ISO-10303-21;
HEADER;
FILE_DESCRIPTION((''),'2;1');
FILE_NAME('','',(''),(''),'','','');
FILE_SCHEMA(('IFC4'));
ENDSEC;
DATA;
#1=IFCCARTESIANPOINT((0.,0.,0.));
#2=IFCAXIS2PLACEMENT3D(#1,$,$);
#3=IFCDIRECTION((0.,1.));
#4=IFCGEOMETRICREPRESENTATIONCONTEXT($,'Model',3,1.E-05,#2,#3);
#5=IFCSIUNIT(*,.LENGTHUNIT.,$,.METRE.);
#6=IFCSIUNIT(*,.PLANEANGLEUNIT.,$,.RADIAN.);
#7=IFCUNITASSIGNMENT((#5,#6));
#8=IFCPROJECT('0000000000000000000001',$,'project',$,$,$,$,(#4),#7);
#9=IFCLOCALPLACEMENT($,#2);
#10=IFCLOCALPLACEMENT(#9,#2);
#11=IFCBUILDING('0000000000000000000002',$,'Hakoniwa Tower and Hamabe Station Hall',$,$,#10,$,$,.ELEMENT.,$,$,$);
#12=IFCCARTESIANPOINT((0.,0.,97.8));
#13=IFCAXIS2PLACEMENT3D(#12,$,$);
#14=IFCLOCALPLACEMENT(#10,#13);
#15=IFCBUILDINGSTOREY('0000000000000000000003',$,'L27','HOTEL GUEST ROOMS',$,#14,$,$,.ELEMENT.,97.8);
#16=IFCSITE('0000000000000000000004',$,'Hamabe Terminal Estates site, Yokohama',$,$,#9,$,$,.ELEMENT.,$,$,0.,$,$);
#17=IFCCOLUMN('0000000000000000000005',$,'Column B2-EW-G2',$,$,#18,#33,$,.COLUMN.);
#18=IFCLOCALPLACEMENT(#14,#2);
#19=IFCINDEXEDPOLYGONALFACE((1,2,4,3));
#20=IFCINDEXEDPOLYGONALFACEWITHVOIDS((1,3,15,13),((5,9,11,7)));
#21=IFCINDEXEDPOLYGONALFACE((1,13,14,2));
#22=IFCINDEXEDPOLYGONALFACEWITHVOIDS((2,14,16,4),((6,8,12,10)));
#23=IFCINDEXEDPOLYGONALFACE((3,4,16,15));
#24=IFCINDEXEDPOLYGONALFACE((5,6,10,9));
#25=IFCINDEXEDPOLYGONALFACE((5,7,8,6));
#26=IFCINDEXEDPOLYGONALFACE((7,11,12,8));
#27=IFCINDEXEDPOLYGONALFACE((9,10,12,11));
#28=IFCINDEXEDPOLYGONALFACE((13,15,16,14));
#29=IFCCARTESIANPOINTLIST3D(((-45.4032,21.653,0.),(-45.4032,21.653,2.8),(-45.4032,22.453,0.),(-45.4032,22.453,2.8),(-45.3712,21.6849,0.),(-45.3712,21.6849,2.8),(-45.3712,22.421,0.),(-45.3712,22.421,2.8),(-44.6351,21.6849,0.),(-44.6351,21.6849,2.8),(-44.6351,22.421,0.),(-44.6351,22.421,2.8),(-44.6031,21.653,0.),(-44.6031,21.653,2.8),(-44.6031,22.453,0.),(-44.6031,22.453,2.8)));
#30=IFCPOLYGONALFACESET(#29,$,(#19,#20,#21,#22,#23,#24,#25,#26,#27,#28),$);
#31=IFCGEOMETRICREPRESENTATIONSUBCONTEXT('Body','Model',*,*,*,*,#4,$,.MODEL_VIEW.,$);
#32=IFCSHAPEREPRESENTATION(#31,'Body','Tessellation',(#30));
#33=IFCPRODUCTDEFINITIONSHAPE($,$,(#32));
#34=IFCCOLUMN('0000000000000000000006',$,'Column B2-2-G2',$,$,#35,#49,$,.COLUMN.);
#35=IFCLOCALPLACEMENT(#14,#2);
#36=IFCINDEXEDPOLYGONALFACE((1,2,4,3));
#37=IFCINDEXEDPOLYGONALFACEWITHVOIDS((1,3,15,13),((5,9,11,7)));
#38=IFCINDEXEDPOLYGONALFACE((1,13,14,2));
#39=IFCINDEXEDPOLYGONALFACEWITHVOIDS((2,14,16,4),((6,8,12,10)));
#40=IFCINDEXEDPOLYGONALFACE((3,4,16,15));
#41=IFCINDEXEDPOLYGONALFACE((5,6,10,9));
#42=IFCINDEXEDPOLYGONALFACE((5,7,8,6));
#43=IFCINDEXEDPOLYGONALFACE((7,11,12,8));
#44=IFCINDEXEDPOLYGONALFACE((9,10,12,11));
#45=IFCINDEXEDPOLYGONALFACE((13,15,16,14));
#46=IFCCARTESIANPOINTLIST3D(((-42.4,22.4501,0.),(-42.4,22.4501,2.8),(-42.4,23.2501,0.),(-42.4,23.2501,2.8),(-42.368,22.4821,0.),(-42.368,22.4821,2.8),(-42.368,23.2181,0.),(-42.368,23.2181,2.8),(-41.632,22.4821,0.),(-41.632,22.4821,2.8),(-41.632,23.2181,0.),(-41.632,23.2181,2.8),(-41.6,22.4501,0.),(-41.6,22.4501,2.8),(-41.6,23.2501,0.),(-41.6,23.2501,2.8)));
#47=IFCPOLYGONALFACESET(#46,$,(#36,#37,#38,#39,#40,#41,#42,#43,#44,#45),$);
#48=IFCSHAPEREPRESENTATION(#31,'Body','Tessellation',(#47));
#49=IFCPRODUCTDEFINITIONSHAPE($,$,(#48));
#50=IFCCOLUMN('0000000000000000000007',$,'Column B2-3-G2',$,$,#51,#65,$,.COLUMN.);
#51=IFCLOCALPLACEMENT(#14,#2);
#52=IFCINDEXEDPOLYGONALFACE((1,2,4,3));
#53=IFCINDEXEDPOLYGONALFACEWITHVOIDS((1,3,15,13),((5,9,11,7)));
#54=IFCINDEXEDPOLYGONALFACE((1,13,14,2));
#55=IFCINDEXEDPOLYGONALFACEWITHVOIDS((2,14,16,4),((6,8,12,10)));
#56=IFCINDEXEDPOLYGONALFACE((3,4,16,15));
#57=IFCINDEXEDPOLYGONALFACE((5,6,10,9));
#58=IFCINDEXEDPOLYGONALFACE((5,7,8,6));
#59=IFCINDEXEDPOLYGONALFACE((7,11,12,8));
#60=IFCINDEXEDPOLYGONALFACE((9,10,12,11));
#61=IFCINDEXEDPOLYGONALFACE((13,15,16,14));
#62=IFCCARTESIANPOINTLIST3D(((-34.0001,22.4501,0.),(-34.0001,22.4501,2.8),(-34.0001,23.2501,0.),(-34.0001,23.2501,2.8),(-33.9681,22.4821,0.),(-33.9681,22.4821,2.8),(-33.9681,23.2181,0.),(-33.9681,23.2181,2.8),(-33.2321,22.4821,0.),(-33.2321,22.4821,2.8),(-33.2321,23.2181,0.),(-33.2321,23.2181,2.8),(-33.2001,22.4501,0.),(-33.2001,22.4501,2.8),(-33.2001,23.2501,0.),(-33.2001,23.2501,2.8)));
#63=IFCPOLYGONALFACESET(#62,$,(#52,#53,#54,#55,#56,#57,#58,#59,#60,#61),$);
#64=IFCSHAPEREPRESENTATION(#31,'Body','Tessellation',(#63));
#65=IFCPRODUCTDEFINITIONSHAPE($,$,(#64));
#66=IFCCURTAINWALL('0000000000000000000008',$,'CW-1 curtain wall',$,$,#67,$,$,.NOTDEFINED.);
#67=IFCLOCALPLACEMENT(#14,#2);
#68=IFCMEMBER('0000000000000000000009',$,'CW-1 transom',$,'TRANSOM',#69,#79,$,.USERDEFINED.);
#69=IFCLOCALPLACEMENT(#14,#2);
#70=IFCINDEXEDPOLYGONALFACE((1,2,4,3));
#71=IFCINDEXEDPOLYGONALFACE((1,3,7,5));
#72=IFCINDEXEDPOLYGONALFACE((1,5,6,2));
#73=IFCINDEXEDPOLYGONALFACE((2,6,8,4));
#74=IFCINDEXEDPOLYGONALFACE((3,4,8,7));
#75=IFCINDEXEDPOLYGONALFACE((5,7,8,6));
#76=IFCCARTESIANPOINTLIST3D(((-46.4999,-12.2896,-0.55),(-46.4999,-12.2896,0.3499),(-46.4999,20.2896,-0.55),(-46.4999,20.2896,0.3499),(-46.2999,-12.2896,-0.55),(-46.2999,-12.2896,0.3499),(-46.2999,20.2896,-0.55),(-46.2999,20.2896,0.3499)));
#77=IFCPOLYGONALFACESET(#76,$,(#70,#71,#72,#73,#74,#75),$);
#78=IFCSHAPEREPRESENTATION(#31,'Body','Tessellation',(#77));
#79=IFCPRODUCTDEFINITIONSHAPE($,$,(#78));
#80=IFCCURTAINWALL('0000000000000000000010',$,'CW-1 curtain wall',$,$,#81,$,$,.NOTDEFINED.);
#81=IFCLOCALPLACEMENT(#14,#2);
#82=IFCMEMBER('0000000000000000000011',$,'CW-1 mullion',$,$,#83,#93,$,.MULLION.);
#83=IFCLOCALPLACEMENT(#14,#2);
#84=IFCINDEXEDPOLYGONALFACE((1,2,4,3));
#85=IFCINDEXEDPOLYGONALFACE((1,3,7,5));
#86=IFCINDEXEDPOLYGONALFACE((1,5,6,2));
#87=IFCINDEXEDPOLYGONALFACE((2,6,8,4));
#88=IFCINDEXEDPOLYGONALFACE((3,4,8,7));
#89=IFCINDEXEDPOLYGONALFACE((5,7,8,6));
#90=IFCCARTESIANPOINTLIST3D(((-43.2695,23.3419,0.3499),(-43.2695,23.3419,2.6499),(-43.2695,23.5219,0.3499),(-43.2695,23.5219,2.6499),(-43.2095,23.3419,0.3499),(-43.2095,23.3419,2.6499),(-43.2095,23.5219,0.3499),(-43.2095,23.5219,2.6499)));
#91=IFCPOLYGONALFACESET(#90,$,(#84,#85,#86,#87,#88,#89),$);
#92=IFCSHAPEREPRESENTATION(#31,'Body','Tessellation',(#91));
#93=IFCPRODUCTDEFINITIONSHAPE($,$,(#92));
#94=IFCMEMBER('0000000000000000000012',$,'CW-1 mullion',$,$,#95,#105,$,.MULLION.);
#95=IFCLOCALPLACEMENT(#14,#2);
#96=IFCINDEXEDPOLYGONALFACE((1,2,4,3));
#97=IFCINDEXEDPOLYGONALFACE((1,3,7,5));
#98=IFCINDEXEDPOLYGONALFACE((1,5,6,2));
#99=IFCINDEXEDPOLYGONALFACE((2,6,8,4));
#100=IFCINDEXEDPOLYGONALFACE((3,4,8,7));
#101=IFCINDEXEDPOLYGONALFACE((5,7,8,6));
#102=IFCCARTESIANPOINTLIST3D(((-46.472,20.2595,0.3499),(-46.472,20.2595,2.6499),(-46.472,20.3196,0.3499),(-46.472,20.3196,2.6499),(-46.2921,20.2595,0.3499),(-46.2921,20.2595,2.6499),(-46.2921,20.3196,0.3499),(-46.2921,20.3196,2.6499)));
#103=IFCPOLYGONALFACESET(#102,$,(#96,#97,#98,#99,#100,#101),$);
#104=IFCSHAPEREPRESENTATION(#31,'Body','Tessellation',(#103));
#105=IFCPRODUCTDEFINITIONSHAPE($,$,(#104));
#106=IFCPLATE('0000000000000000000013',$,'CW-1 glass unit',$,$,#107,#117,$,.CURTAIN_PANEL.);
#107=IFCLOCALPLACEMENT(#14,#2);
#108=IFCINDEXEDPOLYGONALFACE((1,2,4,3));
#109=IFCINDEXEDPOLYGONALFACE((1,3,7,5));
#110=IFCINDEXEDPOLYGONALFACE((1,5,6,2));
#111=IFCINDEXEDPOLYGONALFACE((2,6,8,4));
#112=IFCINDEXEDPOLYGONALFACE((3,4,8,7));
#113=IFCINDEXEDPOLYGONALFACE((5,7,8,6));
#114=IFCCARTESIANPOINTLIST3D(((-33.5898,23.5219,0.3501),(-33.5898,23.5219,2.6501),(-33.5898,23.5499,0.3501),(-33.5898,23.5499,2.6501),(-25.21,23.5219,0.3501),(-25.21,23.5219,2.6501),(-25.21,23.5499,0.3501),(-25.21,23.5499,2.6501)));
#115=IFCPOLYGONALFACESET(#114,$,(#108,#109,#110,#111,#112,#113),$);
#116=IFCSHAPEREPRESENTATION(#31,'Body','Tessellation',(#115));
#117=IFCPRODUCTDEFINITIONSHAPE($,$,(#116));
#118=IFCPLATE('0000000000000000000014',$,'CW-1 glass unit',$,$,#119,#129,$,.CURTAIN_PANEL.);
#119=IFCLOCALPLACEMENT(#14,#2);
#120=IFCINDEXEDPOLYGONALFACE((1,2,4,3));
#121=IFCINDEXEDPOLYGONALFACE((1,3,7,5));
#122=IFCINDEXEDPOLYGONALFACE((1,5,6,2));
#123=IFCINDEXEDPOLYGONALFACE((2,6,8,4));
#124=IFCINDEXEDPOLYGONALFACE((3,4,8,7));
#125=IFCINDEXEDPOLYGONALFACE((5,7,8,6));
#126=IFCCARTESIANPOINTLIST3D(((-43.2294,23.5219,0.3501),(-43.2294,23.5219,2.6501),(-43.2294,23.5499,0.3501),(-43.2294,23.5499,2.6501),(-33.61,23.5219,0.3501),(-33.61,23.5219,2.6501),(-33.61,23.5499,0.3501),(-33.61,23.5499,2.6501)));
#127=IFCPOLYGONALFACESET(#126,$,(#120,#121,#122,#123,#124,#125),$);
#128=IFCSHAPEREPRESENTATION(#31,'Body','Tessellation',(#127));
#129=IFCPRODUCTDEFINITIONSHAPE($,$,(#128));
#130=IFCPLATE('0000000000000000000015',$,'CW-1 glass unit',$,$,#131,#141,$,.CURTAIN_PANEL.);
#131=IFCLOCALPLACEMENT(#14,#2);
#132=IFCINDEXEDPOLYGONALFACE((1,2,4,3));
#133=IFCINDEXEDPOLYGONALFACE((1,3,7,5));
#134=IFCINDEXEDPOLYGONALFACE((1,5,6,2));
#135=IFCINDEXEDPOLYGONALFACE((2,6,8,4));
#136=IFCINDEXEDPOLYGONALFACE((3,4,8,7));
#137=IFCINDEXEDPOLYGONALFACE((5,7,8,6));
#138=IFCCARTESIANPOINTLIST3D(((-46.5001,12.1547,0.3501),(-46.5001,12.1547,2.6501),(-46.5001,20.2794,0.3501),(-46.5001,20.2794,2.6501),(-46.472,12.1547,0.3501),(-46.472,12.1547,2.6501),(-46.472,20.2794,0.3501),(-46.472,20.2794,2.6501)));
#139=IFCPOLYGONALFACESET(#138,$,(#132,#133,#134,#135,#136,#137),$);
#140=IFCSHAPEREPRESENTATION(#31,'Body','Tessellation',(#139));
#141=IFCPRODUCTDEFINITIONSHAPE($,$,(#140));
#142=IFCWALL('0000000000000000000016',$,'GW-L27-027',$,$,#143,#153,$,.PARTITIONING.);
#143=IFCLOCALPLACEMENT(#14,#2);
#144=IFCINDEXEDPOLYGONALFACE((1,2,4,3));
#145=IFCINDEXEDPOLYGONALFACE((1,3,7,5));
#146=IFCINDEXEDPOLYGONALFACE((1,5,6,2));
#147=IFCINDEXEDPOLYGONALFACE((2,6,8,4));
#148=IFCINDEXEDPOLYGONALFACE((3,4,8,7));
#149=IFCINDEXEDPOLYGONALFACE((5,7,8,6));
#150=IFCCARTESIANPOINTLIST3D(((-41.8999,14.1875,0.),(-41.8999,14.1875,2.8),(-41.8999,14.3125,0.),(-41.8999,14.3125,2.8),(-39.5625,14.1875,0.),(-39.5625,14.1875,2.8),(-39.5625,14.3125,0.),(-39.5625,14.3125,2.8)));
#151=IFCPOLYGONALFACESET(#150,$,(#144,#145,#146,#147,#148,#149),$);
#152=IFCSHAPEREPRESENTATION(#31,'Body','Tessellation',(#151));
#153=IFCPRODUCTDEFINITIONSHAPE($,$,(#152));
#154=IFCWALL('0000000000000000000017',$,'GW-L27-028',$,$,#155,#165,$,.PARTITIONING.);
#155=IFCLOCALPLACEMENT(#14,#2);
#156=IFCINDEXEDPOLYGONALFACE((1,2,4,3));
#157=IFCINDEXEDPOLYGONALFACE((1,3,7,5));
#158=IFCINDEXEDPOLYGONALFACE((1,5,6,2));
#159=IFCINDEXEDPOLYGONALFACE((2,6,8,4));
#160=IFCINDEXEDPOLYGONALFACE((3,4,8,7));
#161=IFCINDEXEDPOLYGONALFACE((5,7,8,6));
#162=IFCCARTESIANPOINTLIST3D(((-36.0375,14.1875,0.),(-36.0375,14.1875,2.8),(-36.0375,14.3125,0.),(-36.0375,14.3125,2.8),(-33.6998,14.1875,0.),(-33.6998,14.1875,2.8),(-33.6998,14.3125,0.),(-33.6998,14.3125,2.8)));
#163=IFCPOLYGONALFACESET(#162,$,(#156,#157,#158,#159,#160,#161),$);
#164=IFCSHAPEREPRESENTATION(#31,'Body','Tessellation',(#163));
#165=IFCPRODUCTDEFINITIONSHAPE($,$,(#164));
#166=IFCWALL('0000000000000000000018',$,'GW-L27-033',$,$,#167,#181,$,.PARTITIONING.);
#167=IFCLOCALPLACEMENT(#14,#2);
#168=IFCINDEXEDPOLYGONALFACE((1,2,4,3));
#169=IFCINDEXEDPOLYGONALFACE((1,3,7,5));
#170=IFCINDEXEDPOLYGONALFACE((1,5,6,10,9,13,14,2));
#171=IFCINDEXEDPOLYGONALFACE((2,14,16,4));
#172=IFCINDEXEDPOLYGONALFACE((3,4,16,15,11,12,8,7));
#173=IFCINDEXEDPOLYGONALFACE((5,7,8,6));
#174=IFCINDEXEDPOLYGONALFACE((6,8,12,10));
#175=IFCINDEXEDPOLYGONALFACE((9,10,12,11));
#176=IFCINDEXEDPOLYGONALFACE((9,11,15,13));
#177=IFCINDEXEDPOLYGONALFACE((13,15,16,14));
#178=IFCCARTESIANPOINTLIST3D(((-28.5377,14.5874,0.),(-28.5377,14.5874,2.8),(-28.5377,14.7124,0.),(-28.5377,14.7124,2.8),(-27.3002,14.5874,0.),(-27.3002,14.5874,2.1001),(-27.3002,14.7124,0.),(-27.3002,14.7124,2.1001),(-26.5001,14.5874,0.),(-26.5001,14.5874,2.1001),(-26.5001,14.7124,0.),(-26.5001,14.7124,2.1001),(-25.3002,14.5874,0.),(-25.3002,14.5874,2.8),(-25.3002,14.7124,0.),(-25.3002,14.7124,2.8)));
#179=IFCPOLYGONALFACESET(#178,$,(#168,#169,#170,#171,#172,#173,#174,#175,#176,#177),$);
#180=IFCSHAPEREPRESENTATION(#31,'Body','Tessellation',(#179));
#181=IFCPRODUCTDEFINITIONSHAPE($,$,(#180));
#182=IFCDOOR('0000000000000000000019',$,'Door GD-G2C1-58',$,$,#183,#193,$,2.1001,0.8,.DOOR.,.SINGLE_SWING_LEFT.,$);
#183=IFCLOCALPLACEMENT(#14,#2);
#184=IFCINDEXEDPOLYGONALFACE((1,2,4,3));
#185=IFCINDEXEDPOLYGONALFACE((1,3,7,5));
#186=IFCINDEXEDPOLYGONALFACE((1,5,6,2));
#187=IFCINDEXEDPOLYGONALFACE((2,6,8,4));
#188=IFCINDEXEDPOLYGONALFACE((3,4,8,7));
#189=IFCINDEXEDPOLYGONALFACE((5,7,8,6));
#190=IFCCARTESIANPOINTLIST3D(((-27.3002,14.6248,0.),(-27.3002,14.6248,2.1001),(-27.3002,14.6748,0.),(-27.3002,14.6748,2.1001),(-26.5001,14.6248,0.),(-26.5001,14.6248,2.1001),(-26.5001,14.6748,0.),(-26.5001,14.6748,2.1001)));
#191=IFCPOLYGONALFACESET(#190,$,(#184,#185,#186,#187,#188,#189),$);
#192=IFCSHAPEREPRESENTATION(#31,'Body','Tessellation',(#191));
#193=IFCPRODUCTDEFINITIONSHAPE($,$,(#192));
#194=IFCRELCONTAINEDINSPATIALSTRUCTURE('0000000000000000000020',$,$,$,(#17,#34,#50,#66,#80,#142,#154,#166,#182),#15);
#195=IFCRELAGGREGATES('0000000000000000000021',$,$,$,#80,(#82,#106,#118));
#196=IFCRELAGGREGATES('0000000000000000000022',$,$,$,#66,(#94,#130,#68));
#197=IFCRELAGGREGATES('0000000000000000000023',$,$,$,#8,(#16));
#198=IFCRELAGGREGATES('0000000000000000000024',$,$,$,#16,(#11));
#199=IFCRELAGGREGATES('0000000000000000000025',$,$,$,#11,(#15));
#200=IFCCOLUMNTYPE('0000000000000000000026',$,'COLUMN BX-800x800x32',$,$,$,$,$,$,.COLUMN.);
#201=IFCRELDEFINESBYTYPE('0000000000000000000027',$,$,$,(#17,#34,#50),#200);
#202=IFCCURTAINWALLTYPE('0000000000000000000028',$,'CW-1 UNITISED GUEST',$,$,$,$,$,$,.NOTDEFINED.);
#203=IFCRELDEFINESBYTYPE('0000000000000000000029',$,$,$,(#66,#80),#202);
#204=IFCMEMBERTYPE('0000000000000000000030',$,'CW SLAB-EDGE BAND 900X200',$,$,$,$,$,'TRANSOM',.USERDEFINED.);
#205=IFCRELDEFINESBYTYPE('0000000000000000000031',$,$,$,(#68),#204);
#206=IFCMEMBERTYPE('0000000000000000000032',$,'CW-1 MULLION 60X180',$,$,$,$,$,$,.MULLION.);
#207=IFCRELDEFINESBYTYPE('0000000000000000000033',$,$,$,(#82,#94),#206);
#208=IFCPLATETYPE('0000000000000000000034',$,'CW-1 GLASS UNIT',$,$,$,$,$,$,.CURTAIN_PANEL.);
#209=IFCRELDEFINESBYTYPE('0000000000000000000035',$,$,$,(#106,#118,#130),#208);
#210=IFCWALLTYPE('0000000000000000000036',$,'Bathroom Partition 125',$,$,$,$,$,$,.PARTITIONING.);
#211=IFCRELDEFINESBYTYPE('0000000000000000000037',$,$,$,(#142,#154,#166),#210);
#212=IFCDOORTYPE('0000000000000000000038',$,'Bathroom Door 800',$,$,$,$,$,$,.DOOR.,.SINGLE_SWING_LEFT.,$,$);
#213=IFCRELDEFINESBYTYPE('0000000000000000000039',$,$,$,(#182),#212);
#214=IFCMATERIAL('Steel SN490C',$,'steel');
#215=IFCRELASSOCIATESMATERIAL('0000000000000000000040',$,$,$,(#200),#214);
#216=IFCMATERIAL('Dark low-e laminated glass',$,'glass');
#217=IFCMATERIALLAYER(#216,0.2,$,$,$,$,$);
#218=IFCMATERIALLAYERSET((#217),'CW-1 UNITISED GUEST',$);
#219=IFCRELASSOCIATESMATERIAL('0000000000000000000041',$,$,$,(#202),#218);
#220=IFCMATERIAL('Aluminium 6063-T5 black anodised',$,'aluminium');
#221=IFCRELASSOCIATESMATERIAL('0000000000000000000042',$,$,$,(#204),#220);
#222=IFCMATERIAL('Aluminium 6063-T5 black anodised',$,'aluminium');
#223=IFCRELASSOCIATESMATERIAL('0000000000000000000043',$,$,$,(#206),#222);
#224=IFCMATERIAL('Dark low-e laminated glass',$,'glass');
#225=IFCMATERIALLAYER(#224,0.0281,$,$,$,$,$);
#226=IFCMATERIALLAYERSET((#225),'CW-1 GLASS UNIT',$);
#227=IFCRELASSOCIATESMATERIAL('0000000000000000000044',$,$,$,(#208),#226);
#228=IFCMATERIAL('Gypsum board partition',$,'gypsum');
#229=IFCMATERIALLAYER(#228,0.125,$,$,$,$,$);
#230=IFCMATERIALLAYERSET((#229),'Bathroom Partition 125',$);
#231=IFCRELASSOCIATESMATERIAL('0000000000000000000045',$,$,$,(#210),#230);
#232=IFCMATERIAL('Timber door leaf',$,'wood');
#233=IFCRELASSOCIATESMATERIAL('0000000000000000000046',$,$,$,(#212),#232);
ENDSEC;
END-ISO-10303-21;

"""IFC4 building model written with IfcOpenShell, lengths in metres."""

from ifc_helpers import new_model, si_unit, direction, frame, frame_2d, origin, origin_2d, place, context, subcontext, project, spatial, rectangle, hollow_rectangle, extrude, material, layer, layer_set, material_profile, profile_set, type_object, element, fill, aggregate, save


model = new_model("IFC4")

# Units and contexts
model_context = context("Model", 3, precision=1e-05, world=origin(), true_north=direction((0.0, 1.0)))
body_context = subcontext(model_context, "Body", "Model", "MODEL_VIEW")
ifc_project = project(units=[si_unit("LENGTHUNIT", "METRE"), si_unit("PLANEANGLEUNIT", "RADIAN")], contexts=[model_context])

# Site, building, storey
site_placement = place(None, origin())
site = spatial("IfcSite", under=ifc_project, at=site_placement, Name="Hamabe Terminal Estates site, Yokohama", CompositionType="ELEMENT", RefElevation=0.0)
building_placement = place(site_placement, origin())
building = spatial("IfcBuilding", under=site, at=building_placement, Name="Hakoniwa Tower and Hamabe Station Hall", CompositionType="ELEMENT")
storey_placement = place(building_placement, frame((0.0, 0.0, 97.8)))
storey = spatial("IfcBuildingStorey", under=building, at=storey_placement, Name="L27", Description="HOTEL GUEST ROOMS", CompositionType="ELEMENT", Elevation=97.8)

# Columns
ifc_material_1 = material(Name="Steel SN490C", Category="steel")
ifc_material_profile_1 = material_profile(ifc_material_1, hollow_rectangle(XDim=0.8, YDim=0.8, WallThickness=0.032, at=origin_2d()), Name="BX-800x800x32")
ifc_profile_set_1 = profile_set([ifc_material_profile_1], Name="Steel SN490C")
column_type = type_object("IfcColumnType", Name="COLUMN BX-800x800x32", PredefinedType="COLUMN", material=ifc_profile_set_1)
for number, where, z_axis, x_axis, name in (
    (1, (-45.0032, 22.053, 0.0), (0.0, 0.0, 1.0), (1.0, 0.0, 0.0), "Column B2-EW-G2"),
    (2, (-42.0, 22.8501, 0.0), (0.0, 0.0, 1.0), (1.0, 0.0, 0.0), "Column B2-2-G2"),
    (3, (-33.6001, 22.8501, 0.0), (0.0, 0.0, 1.0), (1.0, 0.0, 0.0), "Column B2-3-G2"),
):
    element("IfcColumn", number, at=place(storey_placement, frame(where, z_axis=z_axis, x_axis=x_axis)), inside=storey, type_object=column_type, Name=name, PredefinedType="COLUMN", context=body_context, shape_type="SweptSolid", body=[
        extrude(hollow_rectangle(XDim=0.8, YDim=0.8, WallThickness=0.032, at=origin_2d()), origin(), (0.0, 0.0, 1.0), 2.8),
    ])

# Curtain walls, members
ifc_material_2 = material(Name="Dark low-e laminated glass", Category="glass")
ifc_layer_1 = layer(ifc_material_2, 0.2)
ifc_layer_set_1 = layer_set([ifc_layer_1], Name="CW-1 UNITISED GUEST")
curtain_wall_type = type_object("IfcCurtainWallType", Name="CW-1 UNITISED GUEST", PredefinedType="NOTDEFINED", material=ifc_layer_set_1)
curtain_wall_1_placement = place(storey_placement, origin())
curtain_wall_1 = element("IfcCurtainWall", 4, at=curtain_wall_1_placement, inside=storey, type_object=curtain_wall_type, Name="CW-1 curtain wall", PredefinedType="NOTDEFINED")
ifc_material_3 = material(Name="Aluminium 6063-T5 black anodised", Category="aluminium")
ifc_material_profile_2 = material_profile(ifc_material_3, rectangle(XDim=0.2, YDim=0.8999, at=origin_2d()), Name="CW SLAB-EDGE BAND 900X200")
ifc_profile_set_2 = profile_set([ifc_material_profile_2], Name="Aluminium 6063-T5 black anodised")
member_type_1 = type_object("IfcMemberType", Name="CW SLAB-EDGE BAND 900X200", ElementType="TRANSOM", PredefinedType="USERDEFINED", material=ifc_profile_set_2)
member_1_placement = place(storey_placement, frame((-46.3999, 20.2896, -0.1001), z_axis=(0.0, -1.0, 0.0), x_axis=(1.0, 0.0, 0.0)))
member_1 = element("IfcMember", 5, at=member_1_placement, type_object=member_type_1, Name="CW-1 transom", ObjectType="TRANSOM", PredefinedType="USERDEFINED", context=body_context, shape_type="SweptSolid", body=[
    extrude(rectangle(XDim=0.2, YDim=0.8999, at=origin_2d()), origin(), (0.0, 0.0, 1.0), 32.5791),
])
curtain_wall_2_placement = place(storey_placement, origin())
curtain_wall_2 = element("IfcCurtainWall", 6, at=curtain_wall_2_placement, inside=storey, type_object=curtain_wall_type, Name="CW-1 curtain wall", PredefinedType="NOTDEFINED")
ifc_material_4 = material(Name="Aluminium 6063-T5 black anodised", Category="aluminium")
ifc_material_profile_3 = material_profile(ifc_material_4, rectangle(XDim=0.0601, YDim=0.1799, at=origin_2d()), Name="CW-1 MULLION 60X180")
ifc_profile_set_3 = profile_set([ifc_material_profile_3], Name="Aluminium 6063-T5 black anodised")
member_type_2 = type_object("IfcMemberType", Name="CW-1 MULLION 60X180", PredefinedType="MULLION", material=ifc_profile_set_3)
member_2_placement = place(storey_placement, frame((-43.2395, 23.4319, 0.3499), z_axis=(0.0, 0.0, 1.0), x_axis=(-1.0, 0.0, 0.0)))
member_2 = element("IfcMember", 7, at=member_2_placement, type_object=member_type_2, Name="CW-1 mullion", PredefinedType="MULLION", context=body_context, shape_type="SweptSolid", body=[
    extrude(rectangle(XDim=0.0601, YDim=0.1799, at=origin_2d()), origin(), (0.0, 0.0, 1.0), 2.3),
])

# Member
member_3_placement = place(storey_placement, frame((-46.3821, 20.2896, 0.3499), z_axis=(0.0, 0.0, 1.0), x_axis=(0.0, -1.0, 0.0)))
member_3 = element("IfcMember", 8, at=member_3_placement, type_object=member_type_2, Name="CW-1 mullion", PredefinedType="MULLION", context=body_context, shape_type="SweptSolid", body=[
    extrude(rectangle(XDim=0.0601, YDim=0.1799, at=origin_2d()), origin(), (0.0, 0.0, 1.0), 2.3),
])

# Plates
ifc_material_5 = material(Name="Dark low-e laminated glass", Category="glass")
ifc_layer_2 = layer(ifc_material_5, 0.0281)
ifc_layer_set_2 = layer_set([ifc_layer_2], Name="CW-1 GLASS UNIT")
plate_type = type_object("IfcPlateType", Name="CW-1 GLASS UNIT", PredefinedType="CURTAIN_PANEL", material=ifc_layer_set_2)
plate_1_placement = place(storey_placement, frame((-29.3999, 23.5359, 0.3501), z_axis=(0.0, 0.0, 1.0), x_axis=(-1.0, 0.0, 0.0)))
plate_1 = element("IfcPlate", 9, at=plate_1_placement, type_object=plate_type, Name="CW-1 glass unit", PredefinedType="CURTAIN_PANEL", context=body_context, shape_type="SweptSolid", body=[
    extrude(rectangle(XDim=8.3799, YDim=0.0281, at=origin_2d()), origin(), (0.0, 0.0, 1.0), 2.3),
])
plate_2_placement = place(storey_placement, frame((-38.4197, 23.5359, 0.3501), z_axis=(0.0, 0.0, 1.0), x_axis=(-1.0, 0.0, 0.0)))
plate_2 = element("IfcPlate", 10, at=plate_2_placement, type_object=plate_type, Name="CW-1 glass unit", PredefinedType="CURTAIN_PANEL", context=body_context, shape_type="SweptSolid", body=[
    extrude(rectangle(XDim=9.6194, YDim=0.0281, at=origin_2d()), origin(), (0.0, 0.0, 1.0), 2.3),
])
aggregate(curtain_wall_2, [member_2, plate_1, plate_2])
plate_3_placement = place(storey_placement, frame((-46.4861, 16.217, 0.3501), z_axis=(0.0, 0.0, 1.0), x_axis=(0.0, -1.0, 0.0)))
plate_3 = element("IfcPlate", 11, at=plate_3_placement, type_object=plate_type, Name="CW-1 glass unit", PredefinedType="CURTAIN_PANEL", context=body_context, shape_type="SweptSolid", body=[
    extrude(rectangle(XDim=8.1248, YDim=0.0281, at=origin_2d()), origin(), (0.0, 0.0, 1.0), 2.3),
])
aggregate(curtain_wall_1, [member_3, plate_3, member_1])

# Walls
ifc_material_6 = material(Name="Gypsum board partition", Category="gypsum")
ifc_layer_3 = layer(ifc_material_6, 0.125)
ifc_layer_set_3 = layer_set([ifc_layer_3], Name="Bathroom Partition 125")
wall_type_1 = type_object("IfcWallType", Name="Bathroom Partition 125", PredefinedType="PARTITIONING", material=ifc_layer_set_3)
wall_1_placement = place(storey_placement, frame((-41.8999, 14.25, 0.0), z_axis=(0.0, 0.0, 1.0), x_axis=(1.0, 0.0, 0.0)))
element("IfcWall", 12, at=wall_1_placement, inside=storey, type_object=wall_type_1, Name="GW-L27-027", PredefinedType="PARTITIONING", context=body_context, shape_type="SweptSolid", body=[
    extrude(rectangle(XDim=2.3374, YDim=0.125, at=frame_2d((1.1687, 0.0))), origin(), (0.0, 0.0, 1.0), 2.8),
])
wall_2_placement = place(storey_placement, frame((-36.0376, 14.25, 0.0), z_axis=(0.0, 0.0, 1.0), x_axis=(1.0, 0.0, 0.0)))
element("IfcWall", 13, at=wall_2_placement, inside=storey, type_object=wall_type_1, Name="GW-L27-028", PredefinedType="PARTITIONING", context=body_context, shape_type="SweptSolid", body=[
    extrude(rectangle(XDim=2.3376, YDim=0.125, at=frame_2d((1.1689, 0.0))), origin(), (0.0, 0.0, 1.0), 2.8),
])

# Wall, opening, door
wall_3_placement = place(storey_placement, frame((-28.5376, 14.6499, 0.0), z_axis=(0.0, 0.0, 1.0), x_axis=(1.0, 0.0, 0.0)))
wall_3 = element("IfcWall", 14, at=wall_3_placement, inside=storey, type_object=wall_type_1, Name="GW-L27-033", PredefinedType="PARTITIONING", context=body_context, shape_type="SweptSolid", body=[
    extrude(rectangle(XDim=3.2375, YDim=0.125, at=frame_2d((1.6187, 0.0))), origin(), (0.0, 0.0, 1.0), 2.8),
])
opening_1_placement = place(wall_3_placement, frame((1.2375, 0.0, 0.0)))
opening_1 = element("IfcOpeningElement", 15, at=opening_1_placement, cuts=wall_3, PredefinedType="OPENING", context=body_context, shape_type="SweptSolid", body=[
    extrude(rectangle(XDim=0.8, YDim=2.1001, at=frame_2d((0.3999, 1.05))), frame((0.0, 0.0725, 0.0), z_axis=(0.0, -1.0, 0.0), x_axis=(1.0, 0.0, 0.0)), (0.0, 0.0, 1.0), 0.145),
])
ifc_material_7 = material(Name="Timber door leaf", Category="wood")
door_type = type_object("IfcDoorType", Name="Bathroom Door 800", OperationType="SINGLE_SWING_LEFT", PredefinedType="DOOR", material=ifc_material_7)
door_1_placement = place(opening_1_placement, origin())
door_1 = element("IfcDoor", 16, at=door_1_placement, inside=storey, type_object=door_type, Name="Door GD-G2C1-58", OperationType="SINGLE_SWING_LEFT", OverallHeight=2.1001, OverallWidth=0.8, PredefinedType="DOOR", context=body_context, shape_type="SweptSolid", body=[
    extrude(rectangle(XDim=0.8, YDim=2.1001, at=frame_2d((0.3999, 1.05))), frame((0.0, 0.0249, 0.0), z_axis=(0.0, -1.0, 0.0), x_axis=(1.0, 0.0, 0.0)), (0.0, 0.0, 1.0), 0.05),
])
fill(opening_1, door_1)

save(model, "model.ifc")
